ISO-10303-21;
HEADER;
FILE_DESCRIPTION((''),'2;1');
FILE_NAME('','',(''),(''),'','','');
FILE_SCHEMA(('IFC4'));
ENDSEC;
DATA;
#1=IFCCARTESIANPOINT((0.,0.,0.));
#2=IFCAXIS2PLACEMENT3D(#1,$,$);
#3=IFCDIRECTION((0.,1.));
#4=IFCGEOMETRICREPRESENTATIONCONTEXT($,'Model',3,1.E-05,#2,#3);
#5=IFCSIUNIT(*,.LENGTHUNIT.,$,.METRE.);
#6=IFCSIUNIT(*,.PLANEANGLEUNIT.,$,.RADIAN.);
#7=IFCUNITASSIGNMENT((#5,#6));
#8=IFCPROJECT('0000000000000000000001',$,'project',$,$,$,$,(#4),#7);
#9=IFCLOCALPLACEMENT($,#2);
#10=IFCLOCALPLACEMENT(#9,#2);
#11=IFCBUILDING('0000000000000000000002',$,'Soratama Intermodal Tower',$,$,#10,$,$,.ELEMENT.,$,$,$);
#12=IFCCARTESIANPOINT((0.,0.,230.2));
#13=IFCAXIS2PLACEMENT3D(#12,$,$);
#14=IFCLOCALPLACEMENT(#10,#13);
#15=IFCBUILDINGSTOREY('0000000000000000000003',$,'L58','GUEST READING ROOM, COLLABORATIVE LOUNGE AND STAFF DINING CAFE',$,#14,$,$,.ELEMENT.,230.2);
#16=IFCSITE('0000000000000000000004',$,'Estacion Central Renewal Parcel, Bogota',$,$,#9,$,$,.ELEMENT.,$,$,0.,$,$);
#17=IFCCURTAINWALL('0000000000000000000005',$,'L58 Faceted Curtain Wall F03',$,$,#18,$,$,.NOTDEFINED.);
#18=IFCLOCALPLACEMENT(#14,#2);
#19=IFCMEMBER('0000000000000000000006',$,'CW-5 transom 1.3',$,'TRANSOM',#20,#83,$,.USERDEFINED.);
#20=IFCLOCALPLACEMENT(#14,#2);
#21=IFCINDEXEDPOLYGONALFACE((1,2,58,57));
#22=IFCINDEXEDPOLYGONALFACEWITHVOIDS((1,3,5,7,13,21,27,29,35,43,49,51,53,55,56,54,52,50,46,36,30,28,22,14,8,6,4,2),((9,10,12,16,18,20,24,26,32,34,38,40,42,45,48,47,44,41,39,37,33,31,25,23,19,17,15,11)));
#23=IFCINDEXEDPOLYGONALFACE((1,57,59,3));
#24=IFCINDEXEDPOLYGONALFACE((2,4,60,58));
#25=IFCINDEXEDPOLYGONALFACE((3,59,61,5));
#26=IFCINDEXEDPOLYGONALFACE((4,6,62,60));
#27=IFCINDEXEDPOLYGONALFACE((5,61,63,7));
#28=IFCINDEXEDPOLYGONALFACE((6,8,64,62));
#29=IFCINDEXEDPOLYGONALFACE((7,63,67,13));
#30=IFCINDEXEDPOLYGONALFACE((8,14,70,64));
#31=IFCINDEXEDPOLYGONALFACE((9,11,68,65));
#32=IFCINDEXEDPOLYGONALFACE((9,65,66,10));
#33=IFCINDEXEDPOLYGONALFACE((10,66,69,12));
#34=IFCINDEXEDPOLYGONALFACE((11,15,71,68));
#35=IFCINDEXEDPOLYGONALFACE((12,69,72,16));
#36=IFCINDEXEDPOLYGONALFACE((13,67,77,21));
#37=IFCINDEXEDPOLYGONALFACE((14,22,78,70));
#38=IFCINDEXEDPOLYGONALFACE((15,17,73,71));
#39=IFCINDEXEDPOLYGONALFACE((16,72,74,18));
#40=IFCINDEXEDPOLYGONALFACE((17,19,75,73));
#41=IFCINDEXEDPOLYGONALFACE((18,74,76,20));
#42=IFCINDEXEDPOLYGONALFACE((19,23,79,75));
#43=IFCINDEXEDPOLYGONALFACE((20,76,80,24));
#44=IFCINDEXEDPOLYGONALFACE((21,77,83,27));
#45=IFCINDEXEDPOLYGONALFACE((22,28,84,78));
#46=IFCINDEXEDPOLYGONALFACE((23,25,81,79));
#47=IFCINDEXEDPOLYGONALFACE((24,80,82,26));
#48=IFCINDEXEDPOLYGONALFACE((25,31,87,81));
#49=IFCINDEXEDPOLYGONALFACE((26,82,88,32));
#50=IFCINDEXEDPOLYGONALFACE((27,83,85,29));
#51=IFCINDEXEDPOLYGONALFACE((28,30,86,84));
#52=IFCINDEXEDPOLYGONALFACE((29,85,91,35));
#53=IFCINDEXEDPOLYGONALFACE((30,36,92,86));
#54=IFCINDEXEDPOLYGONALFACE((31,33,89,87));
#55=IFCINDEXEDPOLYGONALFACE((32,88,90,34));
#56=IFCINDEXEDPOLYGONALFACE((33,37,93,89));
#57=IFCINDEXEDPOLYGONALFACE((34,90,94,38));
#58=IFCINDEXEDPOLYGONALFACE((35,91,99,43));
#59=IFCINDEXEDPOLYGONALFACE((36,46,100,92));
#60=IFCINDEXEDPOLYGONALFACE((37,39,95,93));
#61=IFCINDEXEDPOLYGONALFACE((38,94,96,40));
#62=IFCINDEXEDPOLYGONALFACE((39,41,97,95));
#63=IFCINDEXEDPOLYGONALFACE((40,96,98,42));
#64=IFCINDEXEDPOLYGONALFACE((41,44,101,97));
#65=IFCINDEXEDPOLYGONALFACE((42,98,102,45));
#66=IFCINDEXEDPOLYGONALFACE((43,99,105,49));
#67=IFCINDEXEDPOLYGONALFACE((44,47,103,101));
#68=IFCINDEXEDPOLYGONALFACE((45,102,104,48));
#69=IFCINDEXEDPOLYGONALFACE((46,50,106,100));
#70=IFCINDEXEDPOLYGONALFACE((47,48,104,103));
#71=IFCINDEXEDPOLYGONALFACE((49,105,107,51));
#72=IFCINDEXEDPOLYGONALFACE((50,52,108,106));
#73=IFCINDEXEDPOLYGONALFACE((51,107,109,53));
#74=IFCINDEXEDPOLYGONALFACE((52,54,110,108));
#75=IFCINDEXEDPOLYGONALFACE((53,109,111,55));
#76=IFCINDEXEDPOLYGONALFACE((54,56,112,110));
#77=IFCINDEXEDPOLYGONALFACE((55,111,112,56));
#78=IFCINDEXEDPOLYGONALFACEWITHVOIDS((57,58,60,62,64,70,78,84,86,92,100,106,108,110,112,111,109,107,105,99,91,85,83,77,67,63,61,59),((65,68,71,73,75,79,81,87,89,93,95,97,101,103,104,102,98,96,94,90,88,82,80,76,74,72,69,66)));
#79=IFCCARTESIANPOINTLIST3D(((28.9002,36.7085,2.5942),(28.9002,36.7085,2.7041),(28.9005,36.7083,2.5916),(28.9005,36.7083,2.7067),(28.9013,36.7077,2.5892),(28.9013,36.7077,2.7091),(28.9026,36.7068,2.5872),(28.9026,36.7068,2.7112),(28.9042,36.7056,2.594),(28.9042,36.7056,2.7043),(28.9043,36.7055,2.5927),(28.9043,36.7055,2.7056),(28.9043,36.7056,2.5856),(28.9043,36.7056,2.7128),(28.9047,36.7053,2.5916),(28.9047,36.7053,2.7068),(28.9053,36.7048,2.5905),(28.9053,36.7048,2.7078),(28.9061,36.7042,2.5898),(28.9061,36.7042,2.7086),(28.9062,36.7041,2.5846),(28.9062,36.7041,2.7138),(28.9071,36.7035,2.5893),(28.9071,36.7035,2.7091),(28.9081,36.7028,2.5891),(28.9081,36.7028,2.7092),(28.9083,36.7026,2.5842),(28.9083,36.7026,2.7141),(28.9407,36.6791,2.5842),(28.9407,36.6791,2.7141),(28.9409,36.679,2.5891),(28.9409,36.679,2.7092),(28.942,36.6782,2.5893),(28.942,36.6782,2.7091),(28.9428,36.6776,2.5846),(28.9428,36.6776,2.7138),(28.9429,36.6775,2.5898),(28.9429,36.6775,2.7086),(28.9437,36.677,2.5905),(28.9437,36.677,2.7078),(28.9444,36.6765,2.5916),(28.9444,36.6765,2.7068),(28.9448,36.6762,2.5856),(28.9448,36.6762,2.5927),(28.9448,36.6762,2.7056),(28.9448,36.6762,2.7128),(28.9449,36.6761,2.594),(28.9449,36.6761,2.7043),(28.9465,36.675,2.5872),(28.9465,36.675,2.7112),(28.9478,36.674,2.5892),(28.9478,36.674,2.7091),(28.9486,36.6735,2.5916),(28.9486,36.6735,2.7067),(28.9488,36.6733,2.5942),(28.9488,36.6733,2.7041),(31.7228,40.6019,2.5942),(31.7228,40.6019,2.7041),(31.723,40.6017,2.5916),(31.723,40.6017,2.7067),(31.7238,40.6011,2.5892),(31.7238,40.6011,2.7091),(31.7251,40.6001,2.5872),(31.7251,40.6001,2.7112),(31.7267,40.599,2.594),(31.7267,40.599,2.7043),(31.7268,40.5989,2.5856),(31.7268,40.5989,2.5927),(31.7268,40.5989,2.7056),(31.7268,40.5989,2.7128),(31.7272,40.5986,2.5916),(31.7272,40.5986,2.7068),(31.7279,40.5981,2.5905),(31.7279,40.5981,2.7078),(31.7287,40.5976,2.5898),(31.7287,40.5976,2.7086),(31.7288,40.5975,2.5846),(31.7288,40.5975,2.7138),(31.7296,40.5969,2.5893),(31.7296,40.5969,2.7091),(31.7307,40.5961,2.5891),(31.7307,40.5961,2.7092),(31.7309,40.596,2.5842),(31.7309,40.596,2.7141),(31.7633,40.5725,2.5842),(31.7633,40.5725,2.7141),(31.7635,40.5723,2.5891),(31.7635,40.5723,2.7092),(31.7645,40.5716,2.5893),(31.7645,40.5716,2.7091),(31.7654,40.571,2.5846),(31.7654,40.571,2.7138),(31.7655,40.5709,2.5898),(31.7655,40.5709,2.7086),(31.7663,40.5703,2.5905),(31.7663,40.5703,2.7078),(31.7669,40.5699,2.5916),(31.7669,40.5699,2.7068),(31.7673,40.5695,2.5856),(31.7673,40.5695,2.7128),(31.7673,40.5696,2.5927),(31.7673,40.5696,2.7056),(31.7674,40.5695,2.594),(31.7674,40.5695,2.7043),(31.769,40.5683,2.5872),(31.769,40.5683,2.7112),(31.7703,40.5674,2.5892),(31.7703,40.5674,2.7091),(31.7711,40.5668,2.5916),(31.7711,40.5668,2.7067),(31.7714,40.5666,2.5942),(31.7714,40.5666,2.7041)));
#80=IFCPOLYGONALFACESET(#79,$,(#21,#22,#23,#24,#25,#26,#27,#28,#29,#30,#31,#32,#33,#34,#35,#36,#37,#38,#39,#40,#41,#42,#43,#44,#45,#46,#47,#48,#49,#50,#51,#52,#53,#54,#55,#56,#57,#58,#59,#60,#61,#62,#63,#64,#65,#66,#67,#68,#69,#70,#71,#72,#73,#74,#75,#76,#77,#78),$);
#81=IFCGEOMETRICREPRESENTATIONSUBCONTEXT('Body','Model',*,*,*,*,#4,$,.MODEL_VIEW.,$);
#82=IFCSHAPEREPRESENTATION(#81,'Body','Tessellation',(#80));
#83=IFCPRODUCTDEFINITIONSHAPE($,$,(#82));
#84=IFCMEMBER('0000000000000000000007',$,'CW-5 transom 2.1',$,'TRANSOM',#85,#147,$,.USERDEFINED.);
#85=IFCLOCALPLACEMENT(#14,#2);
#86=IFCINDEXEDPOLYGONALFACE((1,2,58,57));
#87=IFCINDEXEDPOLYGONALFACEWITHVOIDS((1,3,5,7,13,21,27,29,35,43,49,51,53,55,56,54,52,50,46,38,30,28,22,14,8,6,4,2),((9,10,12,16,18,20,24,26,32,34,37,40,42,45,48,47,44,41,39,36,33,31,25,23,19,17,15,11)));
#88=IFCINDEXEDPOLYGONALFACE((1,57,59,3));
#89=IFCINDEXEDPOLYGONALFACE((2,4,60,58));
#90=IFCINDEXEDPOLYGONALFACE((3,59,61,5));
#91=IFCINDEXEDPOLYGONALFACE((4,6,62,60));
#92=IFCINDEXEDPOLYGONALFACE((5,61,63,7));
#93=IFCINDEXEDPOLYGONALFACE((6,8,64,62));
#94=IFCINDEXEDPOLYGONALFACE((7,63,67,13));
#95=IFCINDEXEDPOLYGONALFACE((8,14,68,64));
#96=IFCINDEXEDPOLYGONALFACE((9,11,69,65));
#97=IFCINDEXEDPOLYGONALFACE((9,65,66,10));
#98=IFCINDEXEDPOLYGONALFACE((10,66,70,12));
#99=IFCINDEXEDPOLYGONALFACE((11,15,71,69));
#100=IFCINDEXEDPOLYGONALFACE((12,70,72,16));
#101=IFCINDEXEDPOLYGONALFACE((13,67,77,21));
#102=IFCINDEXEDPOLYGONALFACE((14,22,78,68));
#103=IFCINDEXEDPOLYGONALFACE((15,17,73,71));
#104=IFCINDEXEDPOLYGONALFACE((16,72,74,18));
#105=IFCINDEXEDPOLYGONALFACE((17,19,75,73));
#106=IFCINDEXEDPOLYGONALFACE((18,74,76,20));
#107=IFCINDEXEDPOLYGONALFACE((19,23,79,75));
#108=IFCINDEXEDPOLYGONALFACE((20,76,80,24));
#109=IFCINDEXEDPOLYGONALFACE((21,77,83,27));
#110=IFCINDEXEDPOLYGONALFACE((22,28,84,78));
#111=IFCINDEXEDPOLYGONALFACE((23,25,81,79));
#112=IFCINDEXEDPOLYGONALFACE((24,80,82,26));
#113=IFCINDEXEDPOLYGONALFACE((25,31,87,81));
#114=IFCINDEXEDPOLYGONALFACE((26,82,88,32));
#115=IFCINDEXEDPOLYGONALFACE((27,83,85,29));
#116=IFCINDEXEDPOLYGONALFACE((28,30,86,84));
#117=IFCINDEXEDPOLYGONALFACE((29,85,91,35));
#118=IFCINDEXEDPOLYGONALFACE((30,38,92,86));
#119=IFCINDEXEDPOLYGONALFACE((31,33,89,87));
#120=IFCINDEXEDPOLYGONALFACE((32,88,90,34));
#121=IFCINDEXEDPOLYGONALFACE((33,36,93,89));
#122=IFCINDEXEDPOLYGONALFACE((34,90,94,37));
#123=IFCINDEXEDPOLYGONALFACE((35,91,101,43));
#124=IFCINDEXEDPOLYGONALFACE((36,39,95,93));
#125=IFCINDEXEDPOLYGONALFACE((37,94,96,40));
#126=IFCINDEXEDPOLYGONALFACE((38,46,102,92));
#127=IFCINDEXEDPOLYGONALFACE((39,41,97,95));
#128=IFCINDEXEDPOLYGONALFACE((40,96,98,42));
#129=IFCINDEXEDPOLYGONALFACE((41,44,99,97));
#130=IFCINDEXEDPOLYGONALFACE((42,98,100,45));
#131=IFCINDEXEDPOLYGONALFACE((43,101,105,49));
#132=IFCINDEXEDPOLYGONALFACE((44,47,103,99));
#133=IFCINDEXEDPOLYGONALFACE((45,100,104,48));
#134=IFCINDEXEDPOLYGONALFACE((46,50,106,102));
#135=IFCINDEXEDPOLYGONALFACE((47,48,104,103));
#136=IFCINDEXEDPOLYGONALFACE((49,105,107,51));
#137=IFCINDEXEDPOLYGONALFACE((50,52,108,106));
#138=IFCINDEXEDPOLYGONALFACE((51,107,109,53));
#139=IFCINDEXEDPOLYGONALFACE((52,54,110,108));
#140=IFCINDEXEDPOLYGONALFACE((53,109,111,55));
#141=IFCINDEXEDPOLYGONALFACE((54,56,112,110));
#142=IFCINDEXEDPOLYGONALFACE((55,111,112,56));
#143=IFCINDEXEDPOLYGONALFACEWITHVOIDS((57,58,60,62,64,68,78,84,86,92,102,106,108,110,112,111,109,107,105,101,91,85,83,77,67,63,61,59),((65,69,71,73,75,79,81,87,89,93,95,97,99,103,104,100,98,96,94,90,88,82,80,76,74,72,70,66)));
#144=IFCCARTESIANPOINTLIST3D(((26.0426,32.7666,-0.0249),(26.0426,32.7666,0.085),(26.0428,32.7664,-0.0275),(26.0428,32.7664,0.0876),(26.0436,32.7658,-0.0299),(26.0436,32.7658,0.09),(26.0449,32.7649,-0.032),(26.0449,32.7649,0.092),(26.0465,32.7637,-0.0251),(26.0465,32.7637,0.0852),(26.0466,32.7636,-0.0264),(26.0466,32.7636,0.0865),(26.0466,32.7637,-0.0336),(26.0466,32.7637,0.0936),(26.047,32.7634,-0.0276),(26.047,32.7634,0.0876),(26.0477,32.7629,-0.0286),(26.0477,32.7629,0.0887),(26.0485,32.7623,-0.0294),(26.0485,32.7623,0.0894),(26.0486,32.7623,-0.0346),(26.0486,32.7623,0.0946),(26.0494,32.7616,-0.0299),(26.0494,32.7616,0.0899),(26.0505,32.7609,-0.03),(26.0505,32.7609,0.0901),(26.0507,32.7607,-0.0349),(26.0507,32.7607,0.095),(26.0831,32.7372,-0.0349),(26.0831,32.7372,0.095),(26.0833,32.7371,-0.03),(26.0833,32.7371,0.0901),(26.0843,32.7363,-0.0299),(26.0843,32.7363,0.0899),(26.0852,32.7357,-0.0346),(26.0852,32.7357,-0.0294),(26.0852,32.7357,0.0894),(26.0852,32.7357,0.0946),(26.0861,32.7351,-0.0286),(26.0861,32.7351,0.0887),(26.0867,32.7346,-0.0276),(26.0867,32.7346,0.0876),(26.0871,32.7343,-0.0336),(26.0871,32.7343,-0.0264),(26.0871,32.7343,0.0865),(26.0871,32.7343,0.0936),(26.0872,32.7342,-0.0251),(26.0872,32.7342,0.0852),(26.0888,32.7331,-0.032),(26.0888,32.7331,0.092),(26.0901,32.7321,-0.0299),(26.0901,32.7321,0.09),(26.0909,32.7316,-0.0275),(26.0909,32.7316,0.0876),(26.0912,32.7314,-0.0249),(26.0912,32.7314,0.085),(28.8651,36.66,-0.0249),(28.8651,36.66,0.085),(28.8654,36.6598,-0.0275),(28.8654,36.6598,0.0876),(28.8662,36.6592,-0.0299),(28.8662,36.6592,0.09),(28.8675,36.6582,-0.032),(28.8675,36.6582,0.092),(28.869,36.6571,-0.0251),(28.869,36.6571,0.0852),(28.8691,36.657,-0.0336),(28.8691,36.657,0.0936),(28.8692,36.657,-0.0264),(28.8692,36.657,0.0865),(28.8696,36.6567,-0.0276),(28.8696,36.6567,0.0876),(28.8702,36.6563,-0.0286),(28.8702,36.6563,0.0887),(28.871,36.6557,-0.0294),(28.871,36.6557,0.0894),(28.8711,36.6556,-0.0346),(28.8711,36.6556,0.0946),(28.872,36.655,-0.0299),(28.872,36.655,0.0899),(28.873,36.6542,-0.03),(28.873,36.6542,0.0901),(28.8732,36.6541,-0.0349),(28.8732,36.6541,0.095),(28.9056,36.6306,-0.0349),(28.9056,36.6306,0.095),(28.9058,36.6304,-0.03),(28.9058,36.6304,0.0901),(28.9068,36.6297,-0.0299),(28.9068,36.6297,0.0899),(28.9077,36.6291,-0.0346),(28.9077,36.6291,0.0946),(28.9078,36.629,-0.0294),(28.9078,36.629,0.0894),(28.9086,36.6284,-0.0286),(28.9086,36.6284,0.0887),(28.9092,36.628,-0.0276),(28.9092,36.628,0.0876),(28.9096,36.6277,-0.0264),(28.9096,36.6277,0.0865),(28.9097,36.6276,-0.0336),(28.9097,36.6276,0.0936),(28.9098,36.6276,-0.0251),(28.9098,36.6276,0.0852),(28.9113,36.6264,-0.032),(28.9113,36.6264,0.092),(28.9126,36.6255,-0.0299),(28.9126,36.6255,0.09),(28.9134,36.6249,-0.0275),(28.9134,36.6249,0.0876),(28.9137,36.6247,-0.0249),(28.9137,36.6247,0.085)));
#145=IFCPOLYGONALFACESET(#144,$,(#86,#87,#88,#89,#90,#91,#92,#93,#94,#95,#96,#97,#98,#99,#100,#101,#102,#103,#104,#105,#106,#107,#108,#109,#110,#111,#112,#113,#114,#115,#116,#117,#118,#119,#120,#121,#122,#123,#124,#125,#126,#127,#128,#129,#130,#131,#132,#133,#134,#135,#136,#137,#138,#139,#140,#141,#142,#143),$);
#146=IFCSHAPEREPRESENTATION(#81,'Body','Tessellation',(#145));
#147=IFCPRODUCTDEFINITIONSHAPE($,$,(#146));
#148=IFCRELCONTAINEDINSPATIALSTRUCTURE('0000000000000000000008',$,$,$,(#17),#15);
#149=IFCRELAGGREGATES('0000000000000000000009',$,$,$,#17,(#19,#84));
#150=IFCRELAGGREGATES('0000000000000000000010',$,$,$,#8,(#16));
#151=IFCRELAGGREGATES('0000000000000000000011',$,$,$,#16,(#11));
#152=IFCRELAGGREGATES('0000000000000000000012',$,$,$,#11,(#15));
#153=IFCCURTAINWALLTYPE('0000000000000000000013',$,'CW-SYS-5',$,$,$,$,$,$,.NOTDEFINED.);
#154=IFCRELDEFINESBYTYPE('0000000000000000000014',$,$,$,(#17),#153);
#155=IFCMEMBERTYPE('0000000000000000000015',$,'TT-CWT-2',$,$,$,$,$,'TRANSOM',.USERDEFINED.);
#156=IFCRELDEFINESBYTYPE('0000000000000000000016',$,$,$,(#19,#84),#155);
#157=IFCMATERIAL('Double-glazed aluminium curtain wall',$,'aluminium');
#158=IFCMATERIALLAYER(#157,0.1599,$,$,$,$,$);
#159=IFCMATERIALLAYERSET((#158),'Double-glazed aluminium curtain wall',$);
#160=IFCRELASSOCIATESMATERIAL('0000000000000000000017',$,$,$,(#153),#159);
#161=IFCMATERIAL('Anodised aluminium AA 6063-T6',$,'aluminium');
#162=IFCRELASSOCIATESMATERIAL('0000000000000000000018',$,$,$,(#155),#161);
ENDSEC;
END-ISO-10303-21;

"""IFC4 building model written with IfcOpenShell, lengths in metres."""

from ifc_helpers import new_model, si_unit, direction, frame, origin, origin_2d, place, context, subcontext, project, spatial, hollow_rectangle, extrude, material, layer, layer_set, material_profile, profile_set, type_object, element, aggregate, save


model = new_model("IFC4")

# Units and contexts
model_context = context("Model", 3, precision=1e-05, world=origin(), true_north=direction((0.0, 1.0)))
body_context = subcontext(model_context, "Body", "Model", "MODEL_VIEW")
ifc_project = project(units=[si_unit("LENGTHUNIT", "METRE"), si_unit("PLANEANGLEUNIT", "RADIAN")], contexts=[model_context])

# Site, building, storey
site_placement = place(None, origin())
site = spatial("IfcSite", under=ifc_project, at=site_placement, Name="Estacion Central Renewal Parcel, Bogota", CompositionType="ELEMENT", RefElevation=0.0)
building_placement = place(site_placement, origin())
building = spatial("IfcBuilding", under=site, at=building_placement, Name="Soratama Intermodal Tower", CompositionType="ELEMENT")
storey_placement = place(building_placement, frame((0.0, 0.0, 230.2)))
storey = spatial("IfcBuildingStorey", under=building, at=storey_placement, Name="L58", Description="GUEST READING ROOM, COLLABORATIVE LOUNGE AND STAFF DINING CAFE", CompositionType="ELEMENT", Elevation=230.2)

# Curtain wall, members
ifc_material_1 = material(Name="Double-glazed aluminium curtain wall", Category="aluminium")
ifc_layer_1 = layer(ifc_material_1, 0.1599)
ifc_layer_set_1 = layer_set([ifc_layer_1], Name="Double-glazed aluminium curtain wall")
curtain_wall_type = type_object("IfcCurtainWallType", Name="CW-SYS-5", PredefinedType="NOTDEFINED", material=ifc_layer_set_1)
curtain_wall_placement = place(storey_placement, origin())
curtain_wall = element("IfcCurtainWall", 1, at=curtain_wall_placement, inside=storey, type_object=curtain_wall_type, Name="L58 Faceted Curtain Wall F03", PredefinedType="NOTDEFINED")
ifc_material_2 = material(Name="Anodised aluminium AA 6063-T6", Category="aluminium")
ifc_material_profile_1 = material_profile(ifc_material_2, hollow_rectangle(XDim=0.0601, YDim=0.1299, WallThickness=0.0049, InnerFilletRadius=0.0049, OuterFilletRadius=0.01, at=origin_2d()), Name="CWT130X60X5")
ifc_profile_set_1 = profile_set([ifc_material_profile_1], Name="Anodised aluminium AA 6063-T6")
member_type_1 = type_object("IfcMemberType", Name="TT-CWT-2", ElementType="TRANSOM", PredefinedType="USERDEFINED", material=ifc_profile_set_1)
member_1_placement = place(storey_placement, frame((31.7471, 40.5842, 2.6492), z_axis=(-0.586948, -0.809624, 0.0), x_axis=(0.809624, -0.586948, 0.0)))
member_1 = element("IfcMember", 2, at=member_1_placement, type_object=member_type_1, Name="CW-5 transom 1.3", ObjectType="TRANSOM", PredefinedType="USERDEFINED", context=body_context, shape_type="SweptSolid", body=[
    extrude(hollow_rectangle(XDim=0.0601, YDim=0.1299, WallThickness=0.0049, InnerFilletRadius=0.0049, OuterFilletRadius=0.01, at=origin_2d()), origin(), (0.0, 0.0, 1.0), 4.8088),
])
member_2_placement = place(storey_placement, frame((28.8894, 36.6423, 0.03), z_axis=(-0.586948, -0.809624, 0.0), x_axis=(0.809624, -0.586948, 0.0)))
member_2 = element("IfcMember", 3, at=member_2_placement, type_object=member_type_1, Name="CW-5 transom 2.1", ObjectType="TRANSOM", PredefinedType="USERDEFINED", context=body_context, shape_type="SweptSolid", body=[
    extrude(hollow_rectangle(XDim=0.0601, YDim=0.1299, WallThickness=0.0049, InnerFilletRadius=0.0049, OuterFilletRadius=0.01, at=origin_2d()), origin(), (0.0, 0.0, 1.0), 4.8088),
])
aggregate(curtain_wall, [member_1, member_2])

save(model, "model.ifc")
